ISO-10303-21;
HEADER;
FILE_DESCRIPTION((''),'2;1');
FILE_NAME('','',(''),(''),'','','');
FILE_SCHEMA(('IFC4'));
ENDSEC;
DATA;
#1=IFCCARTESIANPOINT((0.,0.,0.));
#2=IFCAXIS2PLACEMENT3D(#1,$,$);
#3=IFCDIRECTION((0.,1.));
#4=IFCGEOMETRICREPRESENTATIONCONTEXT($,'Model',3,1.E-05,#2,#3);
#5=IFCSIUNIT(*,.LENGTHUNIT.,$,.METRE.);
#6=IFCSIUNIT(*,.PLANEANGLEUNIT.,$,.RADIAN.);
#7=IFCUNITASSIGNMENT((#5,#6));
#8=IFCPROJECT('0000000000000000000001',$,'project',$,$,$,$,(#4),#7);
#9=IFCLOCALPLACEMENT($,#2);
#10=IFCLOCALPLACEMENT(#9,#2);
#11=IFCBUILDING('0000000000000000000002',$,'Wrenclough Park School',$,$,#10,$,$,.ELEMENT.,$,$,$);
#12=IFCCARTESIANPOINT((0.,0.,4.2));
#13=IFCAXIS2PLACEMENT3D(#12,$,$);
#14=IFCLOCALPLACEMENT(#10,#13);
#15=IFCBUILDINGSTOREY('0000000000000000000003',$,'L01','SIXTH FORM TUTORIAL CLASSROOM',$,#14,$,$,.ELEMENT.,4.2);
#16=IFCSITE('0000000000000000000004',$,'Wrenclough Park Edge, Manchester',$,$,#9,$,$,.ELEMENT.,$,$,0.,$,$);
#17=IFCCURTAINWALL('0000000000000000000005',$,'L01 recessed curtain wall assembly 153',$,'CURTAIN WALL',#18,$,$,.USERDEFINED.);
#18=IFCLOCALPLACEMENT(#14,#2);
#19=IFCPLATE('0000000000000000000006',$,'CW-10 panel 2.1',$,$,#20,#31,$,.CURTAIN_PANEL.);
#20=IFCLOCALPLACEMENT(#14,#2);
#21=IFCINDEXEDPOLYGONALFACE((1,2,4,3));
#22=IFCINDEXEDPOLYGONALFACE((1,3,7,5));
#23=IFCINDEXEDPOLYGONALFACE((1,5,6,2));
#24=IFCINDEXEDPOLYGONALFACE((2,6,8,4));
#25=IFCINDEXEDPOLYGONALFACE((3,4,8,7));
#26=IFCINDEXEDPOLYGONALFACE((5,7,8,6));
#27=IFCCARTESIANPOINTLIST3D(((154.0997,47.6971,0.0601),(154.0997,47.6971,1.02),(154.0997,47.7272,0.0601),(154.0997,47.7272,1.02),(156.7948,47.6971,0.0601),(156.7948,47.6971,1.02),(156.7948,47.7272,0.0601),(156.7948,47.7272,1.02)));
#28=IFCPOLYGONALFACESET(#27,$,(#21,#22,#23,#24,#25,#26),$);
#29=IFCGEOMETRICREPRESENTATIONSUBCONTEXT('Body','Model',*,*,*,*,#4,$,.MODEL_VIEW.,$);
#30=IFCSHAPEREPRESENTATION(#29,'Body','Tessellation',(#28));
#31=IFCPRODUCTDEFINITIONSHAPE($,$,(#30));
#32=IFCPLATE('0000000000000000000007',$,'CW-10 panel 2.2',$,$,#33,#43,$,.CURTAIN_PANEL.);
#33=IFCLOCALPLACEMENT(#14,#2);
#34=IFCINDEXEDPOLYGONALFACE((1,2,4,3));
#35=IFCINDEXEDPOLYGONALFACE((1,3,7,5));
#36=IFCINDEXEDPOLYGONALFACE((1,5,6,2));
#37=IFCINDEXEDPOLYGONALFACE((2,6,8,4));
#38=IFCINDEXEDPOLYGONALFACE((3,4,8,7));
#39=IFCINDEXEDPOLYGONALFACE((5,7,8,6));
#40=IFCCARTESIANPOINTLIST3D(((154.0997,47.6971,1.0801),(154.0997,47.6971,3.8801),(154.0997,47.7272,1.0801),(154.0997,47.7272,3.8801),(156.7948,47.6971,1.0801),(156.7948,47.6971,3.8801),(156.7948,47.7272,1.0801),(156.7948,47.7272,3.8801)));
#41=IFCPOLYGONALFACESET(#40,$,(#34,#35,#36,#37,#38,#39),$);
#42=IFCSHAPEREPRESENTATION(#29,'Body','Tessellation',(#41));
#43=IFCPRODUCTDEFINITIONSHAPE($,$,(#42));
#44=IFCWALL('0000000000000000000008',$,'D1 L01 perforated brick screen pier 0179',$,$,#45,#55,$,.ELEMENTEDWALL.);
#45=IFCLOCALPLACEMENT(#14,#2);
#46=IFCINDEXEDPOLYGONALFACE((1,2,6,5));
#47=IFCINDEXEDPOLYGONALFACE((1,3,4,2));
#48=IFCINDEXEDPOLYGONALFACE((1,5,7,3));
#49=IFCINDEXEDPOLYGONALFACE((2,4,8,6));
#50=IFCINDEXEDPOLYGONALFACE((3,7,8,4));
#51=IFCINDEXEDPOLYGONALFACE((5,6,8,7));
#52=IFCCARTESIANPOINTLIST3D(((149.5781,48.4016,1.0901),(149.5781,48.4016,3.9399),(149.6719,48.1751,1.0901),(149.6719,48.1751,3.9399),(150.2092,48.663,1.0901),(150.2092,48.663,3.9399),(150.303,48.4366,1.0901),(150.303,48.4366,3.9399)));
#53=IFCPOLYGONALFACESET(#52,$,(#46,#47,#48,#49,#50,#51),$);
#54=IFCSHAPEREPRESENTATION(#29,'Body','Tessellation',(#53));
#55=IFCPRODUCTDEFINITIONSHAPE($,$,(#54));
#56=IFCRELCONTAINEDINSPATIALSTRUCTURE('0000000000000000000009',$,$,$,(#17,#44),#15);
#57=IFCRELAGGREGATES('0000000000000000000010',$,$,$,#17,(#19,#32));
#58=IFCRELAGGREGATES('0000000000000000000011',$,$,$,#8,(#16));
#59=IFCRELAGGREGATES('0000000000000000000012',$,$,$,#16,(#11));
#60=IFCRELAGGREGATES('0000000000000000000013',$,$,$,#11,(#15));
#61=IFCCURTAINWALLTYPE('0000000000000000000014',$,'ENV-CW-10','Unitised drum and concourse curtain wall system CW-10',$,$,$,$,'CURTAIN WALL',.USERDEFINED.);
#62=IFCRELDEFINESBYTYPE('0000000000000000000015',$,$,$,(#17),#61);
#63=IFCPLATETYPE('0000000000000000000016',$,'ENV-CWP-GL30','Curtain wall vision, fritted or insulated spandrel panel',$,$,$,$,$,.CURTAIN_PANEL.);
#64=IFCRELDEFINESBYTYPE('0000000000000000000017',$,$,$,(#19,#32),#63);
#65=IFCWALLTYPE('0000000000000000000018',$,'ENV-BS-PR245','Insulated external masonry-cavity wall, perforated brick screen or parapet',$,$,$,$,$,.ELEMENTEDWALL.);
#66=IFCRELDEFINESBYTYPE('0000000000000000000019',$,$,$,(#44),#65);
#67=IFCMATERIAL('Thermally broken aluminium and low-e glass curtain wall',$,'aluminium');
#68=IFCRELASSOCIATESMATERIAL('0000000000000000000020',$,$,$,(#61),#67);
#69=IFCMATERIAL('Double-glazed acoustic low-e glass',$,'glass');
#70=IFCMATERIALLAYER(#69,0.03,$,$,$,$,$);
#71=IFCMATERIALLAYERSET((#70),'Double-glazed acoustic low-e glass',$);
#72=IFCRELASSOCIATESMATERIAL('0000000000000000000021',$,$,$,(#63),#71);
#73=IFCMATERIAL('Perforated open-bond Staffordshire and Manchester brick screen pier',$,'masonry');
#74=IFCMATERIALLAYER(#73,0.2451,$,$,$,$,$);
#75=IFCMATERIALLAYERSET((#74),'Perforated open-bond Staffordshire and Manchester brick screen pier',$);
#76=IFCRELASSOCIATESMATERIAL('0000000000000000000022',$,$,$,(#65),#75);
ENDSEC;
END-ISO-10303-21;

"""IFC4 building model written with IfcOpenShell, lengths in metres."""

from ifc_helpers import new_model, si_unit, direction, frame, frame_2d, origin, origin_2d, place, context, subcontext, project, spatial, rectangle, extrude, material, layer, layer_set, type_object, element, aggregate, save


model = new_model("IFC4")

# Units and contexts
model_context = context("Model", 3, precision=1e-05, world=origin(), true_north=direction((0.0, 1.0)))
body_context = subcontext(model_context, "Body", "Model", "MODEL_VIEW")
ifc_project = project(units=[si_unit("LENGTHUNIT", "METRE"), si_unit("PLANEANGLEUNIT", "RADIAN")], contexts=[model_context])

# Site, building, storey
site_placement = place(None, origin())
site = spatial("IfcSite", under=ifc_project, at=site_placement, Name="Wrenclough Park Edge, Manchester", CompositionType="ELEMENT", RefElevation=0.0)
building_placement = place(site_placement, origin())
building = spatial("IfcBuilding", under=site, at=building_placement, Name="Wrenclough Park School", CompositionType="ELEMENT")
storey_placement = place(building_placement, frame((0.0, 0.0, 4.2)))
storey = spatial("IfcBuildingStorey", under=building, at=storey_placement, Name="L01", Description="SIXTH FORM TUTORIAL CLASSROOM", CompositionType="ELEMENT", Elevation=4.2)

# Curtain wall
ifc_material_1 = material(Name="Thermally broken aluminium and low-e glass curtain wall", Category="aluminium")
curtain_wall_type_1 = type_object("IfcCurtainWallType", Name="ENV-CW-10", Description="Unitised drum and concourse curtain wall system CW-10", ElementType="CURTAIN WALL", PredefinedType="USERDEFINED", material=ifc_material_1)
curtain_wall_1_placement = place(storey_placement, origin())
curtain_wall_1 = element("IfcCurtainWall", 1, at=curtain_wall_1_placement, inside=storey, type_object=curtain_wall_type_1, Name="L01 recessed curtain wall assembly 153", ObjectType="CURTAIN WALL", PredefinedType="USERDEFINED")

# Plates
ifc_material_2 = material(Name="Double-glazed acoustic low-e glass", Category="glass")
ifc_layer_1 = layer(ifc_material_2, 0.03)
ifc_layer_set_1 = layer_set([ifc_layer_1], Name="Double-glazed acoustic low-e glass")
plate_type = type_object("IfcPlateType", Name="ENV-CWP-GL30", Description="Curtain wall vision, fritted or insulated spandrel panel", PredefinedType="CURTAIN_PANEL", material=ifc_layer_set_1)
plate_1_placement = place(storey_placement, frame((155.4473, 47.7122, 0.0601), z_axis=(0.0, 0.0, 1.0), x_axis=(1.0, 0.0, 0.0)))
plate_1 = element("IfcPlate", 2, at=plate_1_placement, type_object=plate_type, Name="CW-10 panel 2.1", PredefinedType="CURTAIN_PANEL", context=body_context, shape_type="SweptSolid", body=[
    extrude(rectangle(XDim=2.6951, YDim=0.03, at=origin_2d()), origin(), (0.0, 0.0, 1.0), 0.96),
])
plate_2_placement = place(storey_placement, frame((155.4473, 47.7122, 1.0801), z_axis=(0.0, 0.0, 1.0), x_axis=(1.0, 0.0, 0.0)))
plate_2 = element("IfcPlate", 3, at=plate_2_placement, type_object=plate_type, Name="CW-10 panel 2.2", PredefinedType="CURTAIN_PANEL", context=body_context, shape_type="SweptSolid", body=[
    extrude(rectangle(XDim=2.6951, YDim=0.03, at=origin_2d()), origin(), (0.0, 0.0, 1.0), 2.8),
])
aggregate(curtain_wall_1, [plate_1, plate_2])

# Wall
ifc_material_3 = material(Name="Perforated open-bond Staffordshire and Manchester brick screen pier", Category="masonry")
ifc_layer_2 = layer(ifc_material_3, 0.2451)
ifc_layer_set_2 = layer_set([ifc_layer_2], Name="Perforated open-bond Staffordshire and Manchester brick screen pier")
wall_type = type_object("IfcWallType", Name="ENV-BS-PR245", Description="Insulated external masonry-cavity wall, perforated brick screen or parapet", PredefinedType="ELEMENTEDWALL", material=ifc_layer_set_2)
wall_placement = place(storey_placement, frame((150.2561, 48.5498, 1.0901), z_axis=(0.0, 0.0, 1.0), x_axis=(-0.923847, -0.382762, 0.0)))
element("IfcWall", 4, at=wall_placement, inside=storey, type_object=wall_type, Name="D1 L01 perforated brick screen pier 0179", PredefinedType="ELEMENTEDWALL", context=body_context, shape_type="SweptSolid", body=[
    extrude(rectangle(XDim=0.6831, YDim=0.2451, at=frame_2d((0.3416, 0.0))), origin(), (0.0, 0.0, 1.0), 2.8499),
])

save(model, "model.ifc")
